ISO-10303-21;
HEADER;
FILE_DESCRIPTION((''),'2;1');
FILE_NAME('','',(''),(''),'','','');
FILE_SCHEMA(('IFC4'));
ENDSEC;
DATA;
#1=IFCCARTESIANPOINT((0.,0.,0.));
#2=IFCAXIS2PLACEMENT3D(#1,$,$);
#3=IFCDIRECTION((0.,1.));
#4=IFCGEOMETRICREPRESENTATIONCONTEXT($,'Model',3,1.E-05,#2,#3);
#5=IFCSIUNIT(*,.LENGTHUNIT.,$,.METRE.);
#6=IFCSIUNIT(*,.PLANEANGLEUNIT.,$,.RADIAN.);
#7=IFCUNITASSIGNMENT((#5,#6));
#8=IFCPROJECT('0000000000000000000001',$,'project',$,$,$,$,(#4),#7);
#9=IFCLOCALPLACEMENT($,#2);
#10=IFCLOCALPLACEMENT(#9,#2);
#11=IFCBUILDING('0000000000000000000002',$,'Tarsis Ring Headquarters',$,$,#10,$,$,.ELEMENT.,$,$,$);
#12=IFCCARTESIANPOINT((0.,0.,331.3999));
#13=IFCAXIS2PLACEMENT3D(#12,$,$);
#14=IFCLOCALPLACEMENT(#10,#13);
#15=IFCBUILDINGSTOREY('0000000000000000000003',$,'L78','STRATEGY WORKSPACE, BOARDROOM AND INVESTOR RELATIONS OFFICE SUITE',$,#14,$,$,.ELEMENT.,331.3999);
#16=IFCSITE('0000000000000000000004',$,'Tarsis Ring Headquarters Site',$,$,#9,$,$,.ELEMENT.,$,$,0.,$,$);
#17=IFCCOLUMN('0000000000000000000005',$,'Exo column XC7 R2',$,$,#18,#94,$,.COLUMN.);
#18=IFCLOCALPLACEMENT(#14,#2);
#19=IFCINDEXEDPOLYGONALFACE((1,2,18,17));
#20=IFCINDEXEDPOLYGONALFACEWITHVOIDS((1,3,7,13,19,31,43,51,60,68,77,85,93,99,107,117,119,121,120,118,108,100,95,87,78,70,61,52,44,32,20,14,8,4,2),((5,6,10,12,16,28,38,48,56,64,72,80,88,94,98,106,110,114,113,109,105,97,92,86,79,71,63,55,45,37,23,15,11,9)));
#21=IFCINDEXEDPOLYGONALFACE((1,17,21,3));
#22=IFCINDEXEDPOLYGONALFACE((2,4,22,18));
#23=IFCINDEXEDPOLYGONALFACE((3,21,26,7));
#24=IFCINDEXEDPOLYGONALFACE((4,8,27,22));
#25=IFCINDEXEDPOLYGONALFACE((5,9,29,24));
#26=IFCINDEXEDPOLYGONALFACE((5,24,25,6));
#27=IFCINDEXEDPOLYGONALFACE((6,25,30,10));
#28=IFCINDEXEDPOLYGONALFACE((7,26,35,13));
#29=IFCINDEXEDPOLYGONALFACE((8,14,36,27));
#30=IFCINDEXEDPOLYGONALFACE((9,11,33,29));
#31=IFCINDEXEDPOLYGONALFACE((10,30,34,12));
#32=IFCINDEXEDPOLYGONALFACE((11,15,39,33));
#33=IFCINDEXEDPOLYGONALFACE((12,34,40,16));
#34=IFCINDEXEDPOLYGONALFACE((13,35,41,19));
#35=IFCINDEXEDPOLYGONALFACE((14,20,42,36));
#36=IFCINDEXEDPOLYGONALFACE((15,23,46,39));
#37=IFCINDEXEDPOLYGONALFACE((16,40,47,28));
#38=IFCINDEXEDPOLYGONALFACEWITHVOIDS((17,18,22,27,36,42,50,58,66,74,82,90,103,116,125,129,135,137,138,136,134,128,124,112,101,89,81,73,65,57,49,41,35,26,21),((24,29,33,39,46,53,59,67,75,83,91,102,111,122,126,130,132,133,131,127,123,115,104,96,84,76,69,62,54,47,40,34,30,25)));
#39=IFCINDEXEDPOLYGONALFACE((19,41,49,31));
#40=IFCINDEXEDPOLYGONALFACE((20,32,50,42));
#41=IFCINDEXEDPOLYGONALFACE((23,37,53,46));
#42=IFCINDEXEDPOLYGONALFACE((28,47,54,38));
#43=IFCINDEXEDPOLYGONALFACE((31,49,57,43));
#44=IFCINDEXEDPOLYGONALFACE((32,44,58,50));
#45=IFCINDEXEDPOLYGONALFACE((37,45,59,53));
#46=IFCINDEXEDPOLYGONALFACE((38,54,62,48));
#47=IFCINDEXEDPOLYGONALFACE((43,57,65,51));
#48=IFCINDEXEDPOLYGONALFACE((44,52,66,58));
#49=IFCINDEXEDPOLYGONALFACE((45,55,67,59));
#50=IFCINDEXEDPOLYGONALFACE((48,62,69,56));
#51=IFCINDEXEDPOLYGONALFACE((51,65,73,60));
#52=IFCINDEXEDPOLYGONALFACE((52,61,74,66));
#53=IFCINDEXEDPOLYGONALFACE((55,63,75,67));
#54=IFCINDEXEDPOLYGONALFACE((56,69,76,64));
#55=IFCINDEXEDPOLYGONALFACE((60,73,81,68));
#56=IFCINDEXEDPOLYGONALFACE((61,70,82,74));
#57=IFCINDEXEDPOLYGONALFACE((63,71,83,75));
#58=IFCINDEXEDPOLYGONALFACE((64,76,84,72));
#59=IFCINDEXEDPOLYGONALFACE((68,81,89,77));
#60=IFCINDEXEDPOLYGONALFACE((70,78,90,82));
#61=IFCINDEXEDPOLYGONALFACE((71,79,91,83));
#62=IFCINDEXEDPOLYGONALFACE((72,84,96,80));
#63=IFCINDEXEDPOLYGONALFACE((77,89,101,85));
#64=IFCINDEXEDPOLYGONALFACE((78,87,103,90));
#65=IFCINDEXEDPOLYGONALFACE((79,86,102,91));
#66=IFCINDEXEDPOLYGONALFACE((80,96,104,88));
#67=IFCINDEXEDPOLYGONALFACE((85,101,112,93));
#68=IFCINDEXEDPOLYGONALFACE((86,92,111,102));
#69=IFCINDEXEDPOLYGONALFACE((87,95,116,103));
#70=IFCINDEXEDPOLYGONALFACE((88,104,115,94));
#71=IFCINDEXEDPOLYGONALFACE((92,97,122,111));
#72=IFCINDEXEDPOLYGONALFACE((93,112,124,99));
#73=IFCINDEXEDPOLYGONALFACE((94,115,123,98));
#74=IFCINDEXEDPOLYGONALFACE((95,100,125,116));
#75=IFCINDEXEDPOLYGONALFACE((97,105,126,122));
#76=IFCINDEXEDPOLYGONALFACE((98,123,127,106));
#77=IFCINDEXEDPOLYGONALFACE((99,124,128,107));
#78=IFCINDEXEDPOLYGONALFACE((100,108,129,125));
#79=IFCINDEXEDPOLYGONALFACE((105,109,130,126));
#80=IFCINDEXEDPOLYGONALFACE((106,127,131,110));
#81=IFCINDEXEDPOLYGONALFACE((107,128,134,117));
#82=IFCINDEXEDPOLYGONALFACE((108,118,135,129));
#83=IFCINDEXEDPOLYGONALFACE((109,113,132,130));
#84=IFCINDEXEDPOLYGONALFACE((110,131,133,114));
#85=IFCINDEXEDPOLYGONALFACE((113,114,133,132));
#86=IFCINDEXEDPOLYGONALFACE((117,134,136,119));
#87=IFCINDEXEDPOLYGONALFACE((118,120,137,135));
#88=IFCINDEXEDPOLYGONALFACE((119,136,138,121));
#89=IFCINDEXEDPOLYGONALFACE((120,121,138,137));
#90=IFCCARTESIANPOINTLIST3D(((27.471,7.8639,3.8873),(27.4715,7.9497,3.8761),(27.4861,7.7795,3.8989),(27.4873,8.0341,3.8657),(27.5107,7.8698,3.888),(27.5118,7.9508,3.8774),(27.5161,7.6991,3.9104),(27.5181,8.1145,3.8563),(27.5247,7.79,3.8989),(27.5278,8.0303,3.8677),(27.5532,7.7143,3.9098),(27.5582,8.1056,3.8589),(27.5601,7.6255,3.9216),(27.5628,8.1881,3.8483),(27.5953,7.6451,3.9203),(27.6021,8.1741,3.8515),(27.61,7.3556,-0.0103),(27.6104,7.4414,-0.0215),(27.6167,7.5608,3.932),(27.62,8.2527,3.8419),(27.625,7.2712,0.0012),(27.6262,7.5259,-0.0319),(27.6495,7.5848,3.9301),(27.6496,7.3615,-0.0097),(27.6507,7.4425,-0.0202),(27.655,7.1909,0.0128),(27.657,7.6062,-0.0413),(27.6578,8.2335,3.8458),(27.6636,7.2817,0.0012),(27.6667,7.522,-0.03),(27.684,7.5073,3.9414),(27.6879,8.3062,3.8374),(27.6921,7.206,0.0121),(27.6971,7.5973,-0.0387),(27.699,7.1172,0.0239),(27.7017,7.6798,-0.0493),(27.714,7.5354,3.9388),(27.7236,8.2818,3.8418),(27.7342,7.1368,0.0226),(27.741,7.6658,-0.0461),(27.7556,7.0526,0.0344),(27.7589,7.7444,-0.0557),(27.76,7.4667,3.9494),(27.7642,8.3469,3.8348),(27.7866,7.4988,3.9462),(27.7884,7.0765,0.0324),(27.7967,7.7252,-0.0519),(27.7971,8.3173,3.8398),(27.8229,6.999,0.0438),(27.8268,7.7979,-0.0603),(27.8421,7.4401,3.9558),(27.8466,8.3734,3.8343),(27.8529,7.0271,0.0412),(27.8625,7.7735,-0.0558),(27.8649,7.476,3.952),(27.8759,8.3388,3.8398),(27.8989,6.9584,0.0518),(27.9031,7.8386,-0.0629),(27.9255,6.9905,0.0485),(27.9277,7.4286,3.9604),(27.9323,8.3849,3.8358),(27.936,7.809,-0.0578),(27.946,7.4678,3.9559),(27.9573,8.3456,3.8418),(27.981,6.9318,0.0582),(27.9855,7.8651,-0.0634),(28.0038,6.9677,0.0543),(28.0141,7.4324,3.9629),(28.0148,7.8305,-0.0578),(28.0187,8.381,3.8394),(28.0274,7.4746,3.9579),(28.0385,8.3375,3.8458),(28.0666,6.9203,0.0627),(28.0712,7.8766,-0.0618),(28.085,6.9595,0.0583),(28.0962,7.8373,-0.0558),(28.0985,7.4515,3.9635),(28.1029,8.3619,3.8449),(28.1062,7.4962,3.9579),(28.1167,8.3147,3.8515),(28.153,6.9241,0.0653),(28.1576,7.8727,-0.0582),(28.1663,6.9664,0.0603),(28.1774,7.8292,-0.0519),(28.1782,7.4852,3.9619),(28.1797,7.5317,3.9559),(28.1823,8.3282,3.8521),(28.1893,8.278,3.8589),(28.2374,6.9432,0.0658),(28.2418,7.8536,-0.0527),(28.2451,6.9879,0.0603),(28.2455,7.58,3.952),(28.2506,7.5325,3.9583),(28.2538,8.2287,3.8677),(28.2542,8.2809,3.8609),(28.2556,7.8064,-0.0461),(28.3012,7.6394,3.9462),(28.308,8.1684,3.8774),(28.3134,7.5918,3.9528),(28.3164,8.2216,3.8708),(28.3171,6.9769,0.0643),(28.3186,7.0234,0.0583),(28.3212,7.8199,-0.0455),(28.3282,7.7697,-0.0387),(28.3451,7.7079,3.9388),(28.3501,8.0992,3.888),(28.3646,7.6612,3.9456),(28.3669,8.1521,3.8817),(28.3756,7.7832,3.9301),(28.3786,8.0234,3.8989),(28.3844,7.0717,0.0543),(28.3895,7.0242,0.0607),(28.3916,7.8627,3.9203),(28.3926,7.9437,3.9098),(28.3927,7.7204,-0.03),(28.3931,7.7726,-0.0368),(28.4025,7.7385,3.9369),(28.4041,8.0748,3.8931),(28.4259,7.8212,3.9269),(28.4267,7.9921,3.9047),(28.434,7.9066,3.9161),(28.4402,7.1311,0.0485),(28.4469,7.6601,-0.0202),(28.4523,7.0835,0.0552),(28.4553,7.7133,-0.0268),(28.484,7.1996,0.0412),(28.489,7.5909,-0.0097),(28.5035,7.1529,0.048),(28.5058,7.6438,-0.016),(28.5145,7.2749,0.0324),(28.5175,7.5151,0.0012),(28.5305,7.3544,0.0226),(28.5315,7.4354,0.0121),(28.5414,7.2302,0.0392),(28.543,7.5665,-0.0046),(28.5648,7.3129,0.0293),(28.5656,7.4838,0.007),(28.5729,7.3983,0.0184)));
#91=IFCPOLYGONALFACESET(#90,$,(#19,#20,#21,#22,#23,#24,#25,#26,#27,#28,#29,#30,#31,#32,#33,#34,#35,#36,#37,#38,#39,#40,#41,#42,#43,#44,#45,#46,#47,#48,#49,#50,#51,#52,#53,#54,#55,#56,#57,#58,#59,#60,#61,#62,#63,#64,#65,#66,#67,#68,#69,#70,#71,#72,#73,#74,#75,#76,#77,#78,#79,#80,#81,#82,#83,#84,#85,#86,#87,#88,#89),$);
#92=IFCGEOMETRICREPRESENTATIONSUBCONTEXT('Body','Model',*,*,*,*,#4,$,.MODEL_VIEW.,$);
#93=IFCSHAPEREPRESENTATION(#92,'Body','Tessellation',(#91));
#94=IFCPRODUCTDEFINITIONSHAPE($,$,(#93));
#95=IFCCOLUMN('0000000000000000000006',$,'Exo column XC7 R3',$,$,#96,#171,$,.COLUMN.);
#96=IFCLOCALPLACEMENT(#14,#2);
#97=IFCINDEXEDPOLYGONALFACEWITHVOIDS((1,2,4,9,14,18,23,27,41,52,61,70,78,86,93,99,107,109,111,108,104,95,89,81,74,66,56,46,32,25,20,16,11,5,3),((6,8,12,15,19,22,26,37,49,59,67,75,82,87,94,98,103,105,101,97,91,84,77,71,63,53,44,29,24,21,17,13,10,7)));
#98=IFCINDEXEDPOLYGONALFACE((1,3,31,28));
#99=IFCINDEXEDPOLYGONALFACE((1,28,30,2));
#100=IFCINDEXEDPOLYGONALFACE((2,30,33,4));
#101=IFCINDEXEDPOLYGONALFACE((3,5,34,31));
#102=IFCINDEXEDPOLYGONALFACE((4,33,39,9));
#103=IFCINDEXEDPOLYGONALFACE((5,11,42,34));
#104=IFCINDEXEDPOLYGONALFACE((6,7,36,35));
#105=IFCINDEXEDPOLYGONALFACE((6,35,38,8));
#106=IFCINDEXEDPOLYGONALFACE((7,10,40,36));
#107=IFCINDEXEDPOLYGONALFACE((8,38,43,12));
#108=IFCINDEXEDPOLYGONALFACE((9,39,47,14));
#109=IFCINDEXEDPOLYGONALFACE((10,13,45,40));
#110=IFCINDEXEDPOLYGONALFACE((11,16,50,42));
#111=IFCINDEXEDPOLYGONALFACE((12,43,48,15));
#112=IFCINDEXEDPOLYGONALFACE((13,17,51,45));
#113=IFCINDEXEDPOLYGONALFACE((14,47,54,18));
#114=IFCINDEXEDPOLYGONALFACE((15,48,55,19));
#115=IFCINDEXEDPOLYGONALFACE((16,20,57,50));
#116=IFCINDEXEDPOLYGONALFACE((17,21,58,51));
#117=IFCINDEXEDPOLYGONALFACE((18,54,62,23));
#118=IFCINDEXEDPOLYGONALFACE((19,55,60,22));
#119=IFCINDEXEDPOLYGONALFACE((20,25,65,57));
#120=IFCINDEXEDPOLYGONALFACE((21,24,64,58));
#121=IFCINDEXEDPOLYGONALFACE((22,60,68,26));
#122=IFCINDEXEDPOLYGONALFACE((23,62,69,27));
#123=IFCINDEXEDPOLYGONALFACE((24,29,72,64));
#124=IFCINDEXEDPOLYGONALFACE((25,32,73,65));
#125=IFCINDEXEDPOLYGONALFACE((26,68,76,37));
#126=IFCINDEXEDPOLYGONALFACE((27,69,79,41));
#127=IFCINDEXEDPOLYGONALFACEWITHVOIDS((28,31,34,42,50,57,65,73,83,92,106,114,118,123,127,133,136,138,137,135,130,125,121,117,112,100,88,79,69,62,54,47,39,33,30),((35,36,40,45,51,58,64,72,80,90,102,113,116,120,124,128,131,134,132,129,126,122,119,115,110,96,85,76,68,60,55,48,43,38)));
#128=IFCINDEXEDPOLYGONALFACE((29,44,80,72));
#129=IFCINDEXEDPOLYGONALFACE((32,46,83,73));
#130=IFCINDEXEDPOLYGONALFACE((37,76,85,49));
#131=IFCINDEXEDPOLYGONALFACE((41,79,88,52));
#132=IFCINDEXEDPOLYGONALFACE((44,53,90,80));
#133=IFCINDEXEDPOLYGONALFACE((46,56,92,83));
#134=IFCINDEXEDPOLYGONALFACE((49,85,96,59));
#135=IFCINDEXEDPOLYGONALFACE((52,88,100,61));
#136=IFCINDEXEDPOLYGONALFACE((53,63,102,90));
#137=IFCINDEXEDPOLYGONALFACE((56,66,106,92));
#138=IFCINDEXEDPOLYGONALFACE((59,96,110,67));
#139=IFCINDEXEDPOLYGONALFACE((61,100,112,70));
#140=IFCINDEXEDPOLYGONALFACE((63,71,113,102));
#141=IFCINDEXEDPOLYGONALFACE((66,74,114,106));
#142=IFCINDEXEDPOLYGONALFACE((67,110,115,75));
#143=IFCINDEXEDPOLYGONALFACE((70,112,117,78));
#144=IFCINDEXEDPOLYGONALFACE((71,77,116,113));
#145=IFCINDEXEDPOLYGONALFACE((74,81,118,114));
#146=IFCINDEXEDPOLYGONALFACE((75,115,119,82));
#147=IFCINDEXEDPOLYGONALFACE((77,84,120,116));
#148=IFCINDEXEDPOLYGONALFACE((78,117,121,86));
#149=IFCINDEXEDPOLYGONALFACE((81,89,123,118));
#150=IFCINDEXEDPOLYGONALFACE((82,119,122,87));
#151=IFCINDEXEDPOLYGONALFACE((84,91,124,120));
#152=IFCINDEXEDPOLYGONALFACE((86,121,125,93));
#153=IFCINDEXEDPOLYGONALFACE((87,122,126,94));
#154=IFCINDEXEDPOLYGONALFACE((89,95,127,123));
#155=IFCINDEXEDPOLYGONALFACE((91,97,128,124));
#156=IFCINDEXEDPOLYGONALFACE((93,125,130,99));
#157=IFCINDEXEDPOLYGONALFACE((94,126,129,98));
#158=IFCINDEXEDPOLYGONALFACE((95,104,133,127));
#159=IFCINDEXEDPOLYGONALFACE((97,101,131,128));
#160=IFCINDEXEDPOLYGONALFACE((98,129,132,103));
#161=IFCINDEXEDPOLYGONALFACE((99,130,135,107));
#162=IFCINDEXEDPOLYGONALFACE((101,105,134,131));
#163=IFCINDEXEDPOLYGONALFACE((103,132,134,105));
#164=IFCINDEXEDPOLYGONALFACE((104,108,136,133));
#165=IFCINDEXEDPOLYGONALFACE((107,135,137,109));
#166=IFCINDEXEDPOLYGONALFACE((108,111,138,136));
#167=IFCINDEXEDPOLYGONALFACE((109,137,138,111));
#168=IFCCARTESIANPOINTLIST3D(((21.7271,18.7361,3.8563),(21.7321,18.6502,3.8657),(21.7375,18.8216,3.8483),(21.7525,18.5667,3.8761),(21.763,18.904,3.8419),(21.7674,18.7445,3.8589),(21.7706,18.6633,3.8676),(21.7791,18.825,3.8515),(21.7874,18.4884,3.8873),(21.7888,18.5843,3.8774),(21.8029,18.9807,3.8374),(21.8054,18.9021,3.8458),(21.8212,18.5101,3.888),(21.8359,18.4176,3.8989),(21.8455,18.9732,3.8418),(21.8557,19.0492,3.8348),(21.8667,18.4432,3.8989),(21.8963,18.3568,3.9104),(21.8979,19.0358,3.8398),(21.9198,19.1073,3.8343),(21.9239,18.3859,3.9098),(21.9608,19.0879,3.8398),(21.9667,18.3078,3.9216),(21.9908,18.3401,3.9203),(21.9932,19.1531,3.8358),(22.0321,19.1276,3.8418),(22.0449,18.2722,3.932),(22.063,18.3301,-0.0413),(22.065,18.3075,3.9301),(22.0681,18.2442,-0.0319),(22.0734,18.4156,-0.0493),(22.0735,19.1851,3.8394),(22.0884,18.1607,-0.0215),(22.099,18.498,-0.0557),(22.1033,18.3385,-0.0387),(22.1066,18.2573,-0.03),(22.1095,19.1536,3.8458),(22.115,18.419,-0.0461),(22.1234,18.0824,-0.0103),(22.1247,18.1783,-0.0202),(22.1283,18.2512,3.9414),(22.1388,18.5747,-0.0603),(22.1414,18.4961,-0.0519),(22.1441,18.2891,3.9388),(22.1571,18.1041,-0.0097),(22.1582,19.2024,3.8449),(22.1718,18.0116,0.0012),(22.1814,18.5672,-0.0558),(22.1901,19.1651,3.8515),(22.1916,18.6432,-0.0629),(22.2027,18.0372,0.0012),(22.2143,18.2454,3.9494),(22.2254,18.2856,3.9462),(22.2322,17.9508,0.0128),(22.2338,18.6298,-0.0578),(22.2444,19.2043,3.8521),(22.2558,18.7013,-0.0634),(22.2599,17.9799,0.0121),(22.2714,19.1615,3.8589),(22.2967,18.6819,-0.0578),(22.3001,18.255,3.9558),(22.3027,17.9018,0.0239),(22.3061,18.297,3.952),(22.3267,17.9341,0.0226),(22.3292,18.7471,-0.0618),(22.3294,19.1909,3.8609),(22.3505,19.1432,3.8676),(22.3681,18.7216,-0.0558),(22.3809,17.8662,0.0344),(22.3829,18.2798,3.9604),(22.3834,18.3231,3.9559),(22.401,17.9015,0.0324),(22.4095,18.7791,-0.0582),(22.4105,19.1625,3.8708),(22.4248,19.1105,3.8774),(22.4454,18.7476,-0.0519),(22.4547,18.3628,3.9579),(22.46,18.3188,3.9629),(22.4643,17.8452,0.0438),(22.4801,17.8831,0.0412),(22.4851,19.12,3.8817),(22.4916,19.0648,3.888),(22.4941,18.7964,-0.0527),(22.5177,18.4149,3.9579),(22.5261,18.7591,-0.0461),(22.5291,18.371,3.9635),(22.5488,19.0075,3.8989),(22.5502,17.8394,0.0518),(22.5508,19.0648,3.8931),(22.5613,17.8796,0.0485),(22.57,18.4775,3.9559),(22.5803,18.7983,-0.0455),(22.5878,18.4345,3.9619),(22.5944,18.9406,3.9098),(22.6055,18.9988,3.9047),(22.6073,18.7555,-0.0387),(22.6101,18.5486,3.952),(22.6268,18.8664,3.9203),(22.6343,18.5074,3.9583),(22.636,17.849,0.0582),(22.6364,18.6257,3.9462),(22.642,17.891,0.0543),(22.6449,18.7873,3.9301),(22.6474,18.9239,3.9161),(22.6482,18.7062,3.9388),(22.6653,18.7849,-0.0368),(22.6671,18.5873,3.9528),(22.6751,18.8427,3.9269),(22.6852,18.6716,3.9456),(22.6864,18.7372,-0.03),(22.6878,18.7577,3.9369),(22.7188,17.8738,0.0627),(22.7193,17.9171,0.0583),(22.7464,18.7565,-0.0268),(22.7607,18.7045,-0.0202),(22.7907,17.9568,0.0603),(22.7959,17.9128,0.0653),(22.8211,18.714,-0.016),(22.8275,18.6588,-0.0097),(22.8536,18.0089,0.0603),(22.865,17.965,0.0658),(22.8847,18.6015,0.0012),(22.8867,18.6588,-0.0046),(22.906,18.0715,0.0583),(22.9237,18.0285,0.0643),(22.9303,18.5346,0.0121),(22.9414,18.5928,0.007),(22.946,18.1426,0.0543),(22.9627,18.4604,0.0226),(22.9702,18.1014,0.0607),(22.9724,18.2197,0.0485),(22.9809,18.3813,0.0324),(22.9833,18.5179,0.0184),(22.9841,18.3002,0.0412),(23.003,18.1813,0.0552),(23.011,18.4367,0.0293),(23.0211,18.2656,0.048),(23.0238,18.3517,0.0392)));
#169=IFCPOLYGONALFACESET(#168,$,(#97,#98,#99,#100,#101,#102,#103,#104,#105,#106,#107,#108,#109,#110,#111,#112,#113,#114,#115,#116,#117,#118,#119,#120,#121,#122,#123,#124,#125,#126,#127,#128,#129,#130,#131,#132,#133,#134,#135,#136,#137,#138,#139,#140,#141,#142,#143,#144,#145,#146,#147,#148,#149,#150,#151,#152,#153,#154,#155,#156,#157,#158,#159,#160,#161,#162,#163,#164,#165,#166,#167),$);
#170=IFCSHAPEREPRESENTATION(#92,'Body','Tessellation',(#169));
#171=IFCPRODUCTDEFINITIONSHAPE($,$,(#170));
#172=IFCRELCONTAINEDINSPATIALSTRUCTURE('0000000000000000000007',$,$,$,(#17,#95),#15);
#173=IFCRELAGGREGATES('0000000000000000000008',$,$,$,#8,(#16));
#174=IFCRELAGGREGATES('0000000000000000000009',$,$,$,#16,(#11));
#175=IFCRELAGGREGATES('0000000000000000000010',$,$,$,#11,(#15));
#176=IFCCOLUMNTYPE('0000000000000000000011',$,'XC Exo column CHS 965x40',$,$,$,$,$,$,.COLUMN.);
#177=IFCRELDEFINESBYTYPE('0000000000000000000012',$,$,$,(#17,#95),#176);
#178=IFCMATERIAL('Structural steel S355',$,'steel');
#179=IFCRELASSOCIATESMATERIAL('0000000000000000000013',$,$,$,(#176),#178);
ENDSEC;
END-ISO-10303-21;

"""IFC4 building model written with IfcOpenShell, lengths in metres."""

from ifc_helpers import new_model, si_unit, direction, frame, origin, origin_2d, place, context, subcontext, project, spatial, hollow_circle, extrude, material, material_profile, profile_set, type_object, element, save


model = new_model("IFC4")

# Units and contexts
model_context = context("Model", 3, precision=1e-05, world=origin(), true_north=direction((0.0, 1.0)))
body_context = subcontext(model_context, "Body", "Model", "MODEL_VIEW")
ifc_project = project(units=[si_unit("LENGTHUNIT", "METRE"), si_unit("PLANEANGLEUNIT", "RADIAN")], contexts=[model_context])

# Site, building, storey
site_placement = place(None, origin())
site = spatial("IfcSite", under=ifc_project, at=site_placement, Name="Tarsis Ring Headquarters Site", CompositionType="ELEMENT", RefElevation=0.0)
building_placement = place(site_placement, origin())
building = spatial("IfcBuilding", under=site, at=building_placement, Name="Tarsis Ring Headquarters", CompositionType="ELEMENT")
storey_placement = place(building_placement, frame((0.0, 0.0, 331.3999)))
storey = spatial("IfcBuildingStorey", under=building, at=storey_placement, Name="L78", Description="STRATEGY WORKSPACE, BOARDROOM AND INVESTOR RELATIONS OFFICE SUITE", CompositionType="ELEMENT", Elevation=331.3999)

# Columns
ifc_material_1 = material(Name="Structural steel S355", Category="steel")
ifc_material_profile_1 = material_profile(ifc_material_1, hollow_circle(Radius=0.4827, WallThickness=0.04, at=origin_2d()), Name="CHS 965x40")
ifc_profile_set_1 = profile_set([ifc_material_profile_1], Name="Structural steel S355")
column_type = type_object("IfcColumnType", Name="XC Exo column CHS 965x40", PredefinedType="COLUMN", material=ifc_profile_set_1)
for number, where, z_axis, x_axis, name in (
    (1, (28.0906, 7.3984, 0.0012), (-0.035319, 0.129235, 0.990985), (-0.964625, -0.263627, 0.0), "Exo column XC7 R2"),
    (2, (22.5437, 18.3193, 0.0012), (-0.085411, 0.103226, 0.990984), (-0.770457, -0.637492, 0.0), "Exo column XC7 R3"),
):
    element("IfcColumn", number, at=place(storey_placement, frame(where, z_axis=z_axis, x_axis=x_axis)), inside=storey, type_object=column_type, Name=name, PredefinedType="COLUMN", context=body_context, shape_type="SweptSolid", body=[
        extrude(hollow_circle(Radius=0.4827, WallThickness=0.04, at=origin_2d()), origin(), (0.0, 0.0, 1.0), 3.9331),
    ])

save(model, "model.ifc")
